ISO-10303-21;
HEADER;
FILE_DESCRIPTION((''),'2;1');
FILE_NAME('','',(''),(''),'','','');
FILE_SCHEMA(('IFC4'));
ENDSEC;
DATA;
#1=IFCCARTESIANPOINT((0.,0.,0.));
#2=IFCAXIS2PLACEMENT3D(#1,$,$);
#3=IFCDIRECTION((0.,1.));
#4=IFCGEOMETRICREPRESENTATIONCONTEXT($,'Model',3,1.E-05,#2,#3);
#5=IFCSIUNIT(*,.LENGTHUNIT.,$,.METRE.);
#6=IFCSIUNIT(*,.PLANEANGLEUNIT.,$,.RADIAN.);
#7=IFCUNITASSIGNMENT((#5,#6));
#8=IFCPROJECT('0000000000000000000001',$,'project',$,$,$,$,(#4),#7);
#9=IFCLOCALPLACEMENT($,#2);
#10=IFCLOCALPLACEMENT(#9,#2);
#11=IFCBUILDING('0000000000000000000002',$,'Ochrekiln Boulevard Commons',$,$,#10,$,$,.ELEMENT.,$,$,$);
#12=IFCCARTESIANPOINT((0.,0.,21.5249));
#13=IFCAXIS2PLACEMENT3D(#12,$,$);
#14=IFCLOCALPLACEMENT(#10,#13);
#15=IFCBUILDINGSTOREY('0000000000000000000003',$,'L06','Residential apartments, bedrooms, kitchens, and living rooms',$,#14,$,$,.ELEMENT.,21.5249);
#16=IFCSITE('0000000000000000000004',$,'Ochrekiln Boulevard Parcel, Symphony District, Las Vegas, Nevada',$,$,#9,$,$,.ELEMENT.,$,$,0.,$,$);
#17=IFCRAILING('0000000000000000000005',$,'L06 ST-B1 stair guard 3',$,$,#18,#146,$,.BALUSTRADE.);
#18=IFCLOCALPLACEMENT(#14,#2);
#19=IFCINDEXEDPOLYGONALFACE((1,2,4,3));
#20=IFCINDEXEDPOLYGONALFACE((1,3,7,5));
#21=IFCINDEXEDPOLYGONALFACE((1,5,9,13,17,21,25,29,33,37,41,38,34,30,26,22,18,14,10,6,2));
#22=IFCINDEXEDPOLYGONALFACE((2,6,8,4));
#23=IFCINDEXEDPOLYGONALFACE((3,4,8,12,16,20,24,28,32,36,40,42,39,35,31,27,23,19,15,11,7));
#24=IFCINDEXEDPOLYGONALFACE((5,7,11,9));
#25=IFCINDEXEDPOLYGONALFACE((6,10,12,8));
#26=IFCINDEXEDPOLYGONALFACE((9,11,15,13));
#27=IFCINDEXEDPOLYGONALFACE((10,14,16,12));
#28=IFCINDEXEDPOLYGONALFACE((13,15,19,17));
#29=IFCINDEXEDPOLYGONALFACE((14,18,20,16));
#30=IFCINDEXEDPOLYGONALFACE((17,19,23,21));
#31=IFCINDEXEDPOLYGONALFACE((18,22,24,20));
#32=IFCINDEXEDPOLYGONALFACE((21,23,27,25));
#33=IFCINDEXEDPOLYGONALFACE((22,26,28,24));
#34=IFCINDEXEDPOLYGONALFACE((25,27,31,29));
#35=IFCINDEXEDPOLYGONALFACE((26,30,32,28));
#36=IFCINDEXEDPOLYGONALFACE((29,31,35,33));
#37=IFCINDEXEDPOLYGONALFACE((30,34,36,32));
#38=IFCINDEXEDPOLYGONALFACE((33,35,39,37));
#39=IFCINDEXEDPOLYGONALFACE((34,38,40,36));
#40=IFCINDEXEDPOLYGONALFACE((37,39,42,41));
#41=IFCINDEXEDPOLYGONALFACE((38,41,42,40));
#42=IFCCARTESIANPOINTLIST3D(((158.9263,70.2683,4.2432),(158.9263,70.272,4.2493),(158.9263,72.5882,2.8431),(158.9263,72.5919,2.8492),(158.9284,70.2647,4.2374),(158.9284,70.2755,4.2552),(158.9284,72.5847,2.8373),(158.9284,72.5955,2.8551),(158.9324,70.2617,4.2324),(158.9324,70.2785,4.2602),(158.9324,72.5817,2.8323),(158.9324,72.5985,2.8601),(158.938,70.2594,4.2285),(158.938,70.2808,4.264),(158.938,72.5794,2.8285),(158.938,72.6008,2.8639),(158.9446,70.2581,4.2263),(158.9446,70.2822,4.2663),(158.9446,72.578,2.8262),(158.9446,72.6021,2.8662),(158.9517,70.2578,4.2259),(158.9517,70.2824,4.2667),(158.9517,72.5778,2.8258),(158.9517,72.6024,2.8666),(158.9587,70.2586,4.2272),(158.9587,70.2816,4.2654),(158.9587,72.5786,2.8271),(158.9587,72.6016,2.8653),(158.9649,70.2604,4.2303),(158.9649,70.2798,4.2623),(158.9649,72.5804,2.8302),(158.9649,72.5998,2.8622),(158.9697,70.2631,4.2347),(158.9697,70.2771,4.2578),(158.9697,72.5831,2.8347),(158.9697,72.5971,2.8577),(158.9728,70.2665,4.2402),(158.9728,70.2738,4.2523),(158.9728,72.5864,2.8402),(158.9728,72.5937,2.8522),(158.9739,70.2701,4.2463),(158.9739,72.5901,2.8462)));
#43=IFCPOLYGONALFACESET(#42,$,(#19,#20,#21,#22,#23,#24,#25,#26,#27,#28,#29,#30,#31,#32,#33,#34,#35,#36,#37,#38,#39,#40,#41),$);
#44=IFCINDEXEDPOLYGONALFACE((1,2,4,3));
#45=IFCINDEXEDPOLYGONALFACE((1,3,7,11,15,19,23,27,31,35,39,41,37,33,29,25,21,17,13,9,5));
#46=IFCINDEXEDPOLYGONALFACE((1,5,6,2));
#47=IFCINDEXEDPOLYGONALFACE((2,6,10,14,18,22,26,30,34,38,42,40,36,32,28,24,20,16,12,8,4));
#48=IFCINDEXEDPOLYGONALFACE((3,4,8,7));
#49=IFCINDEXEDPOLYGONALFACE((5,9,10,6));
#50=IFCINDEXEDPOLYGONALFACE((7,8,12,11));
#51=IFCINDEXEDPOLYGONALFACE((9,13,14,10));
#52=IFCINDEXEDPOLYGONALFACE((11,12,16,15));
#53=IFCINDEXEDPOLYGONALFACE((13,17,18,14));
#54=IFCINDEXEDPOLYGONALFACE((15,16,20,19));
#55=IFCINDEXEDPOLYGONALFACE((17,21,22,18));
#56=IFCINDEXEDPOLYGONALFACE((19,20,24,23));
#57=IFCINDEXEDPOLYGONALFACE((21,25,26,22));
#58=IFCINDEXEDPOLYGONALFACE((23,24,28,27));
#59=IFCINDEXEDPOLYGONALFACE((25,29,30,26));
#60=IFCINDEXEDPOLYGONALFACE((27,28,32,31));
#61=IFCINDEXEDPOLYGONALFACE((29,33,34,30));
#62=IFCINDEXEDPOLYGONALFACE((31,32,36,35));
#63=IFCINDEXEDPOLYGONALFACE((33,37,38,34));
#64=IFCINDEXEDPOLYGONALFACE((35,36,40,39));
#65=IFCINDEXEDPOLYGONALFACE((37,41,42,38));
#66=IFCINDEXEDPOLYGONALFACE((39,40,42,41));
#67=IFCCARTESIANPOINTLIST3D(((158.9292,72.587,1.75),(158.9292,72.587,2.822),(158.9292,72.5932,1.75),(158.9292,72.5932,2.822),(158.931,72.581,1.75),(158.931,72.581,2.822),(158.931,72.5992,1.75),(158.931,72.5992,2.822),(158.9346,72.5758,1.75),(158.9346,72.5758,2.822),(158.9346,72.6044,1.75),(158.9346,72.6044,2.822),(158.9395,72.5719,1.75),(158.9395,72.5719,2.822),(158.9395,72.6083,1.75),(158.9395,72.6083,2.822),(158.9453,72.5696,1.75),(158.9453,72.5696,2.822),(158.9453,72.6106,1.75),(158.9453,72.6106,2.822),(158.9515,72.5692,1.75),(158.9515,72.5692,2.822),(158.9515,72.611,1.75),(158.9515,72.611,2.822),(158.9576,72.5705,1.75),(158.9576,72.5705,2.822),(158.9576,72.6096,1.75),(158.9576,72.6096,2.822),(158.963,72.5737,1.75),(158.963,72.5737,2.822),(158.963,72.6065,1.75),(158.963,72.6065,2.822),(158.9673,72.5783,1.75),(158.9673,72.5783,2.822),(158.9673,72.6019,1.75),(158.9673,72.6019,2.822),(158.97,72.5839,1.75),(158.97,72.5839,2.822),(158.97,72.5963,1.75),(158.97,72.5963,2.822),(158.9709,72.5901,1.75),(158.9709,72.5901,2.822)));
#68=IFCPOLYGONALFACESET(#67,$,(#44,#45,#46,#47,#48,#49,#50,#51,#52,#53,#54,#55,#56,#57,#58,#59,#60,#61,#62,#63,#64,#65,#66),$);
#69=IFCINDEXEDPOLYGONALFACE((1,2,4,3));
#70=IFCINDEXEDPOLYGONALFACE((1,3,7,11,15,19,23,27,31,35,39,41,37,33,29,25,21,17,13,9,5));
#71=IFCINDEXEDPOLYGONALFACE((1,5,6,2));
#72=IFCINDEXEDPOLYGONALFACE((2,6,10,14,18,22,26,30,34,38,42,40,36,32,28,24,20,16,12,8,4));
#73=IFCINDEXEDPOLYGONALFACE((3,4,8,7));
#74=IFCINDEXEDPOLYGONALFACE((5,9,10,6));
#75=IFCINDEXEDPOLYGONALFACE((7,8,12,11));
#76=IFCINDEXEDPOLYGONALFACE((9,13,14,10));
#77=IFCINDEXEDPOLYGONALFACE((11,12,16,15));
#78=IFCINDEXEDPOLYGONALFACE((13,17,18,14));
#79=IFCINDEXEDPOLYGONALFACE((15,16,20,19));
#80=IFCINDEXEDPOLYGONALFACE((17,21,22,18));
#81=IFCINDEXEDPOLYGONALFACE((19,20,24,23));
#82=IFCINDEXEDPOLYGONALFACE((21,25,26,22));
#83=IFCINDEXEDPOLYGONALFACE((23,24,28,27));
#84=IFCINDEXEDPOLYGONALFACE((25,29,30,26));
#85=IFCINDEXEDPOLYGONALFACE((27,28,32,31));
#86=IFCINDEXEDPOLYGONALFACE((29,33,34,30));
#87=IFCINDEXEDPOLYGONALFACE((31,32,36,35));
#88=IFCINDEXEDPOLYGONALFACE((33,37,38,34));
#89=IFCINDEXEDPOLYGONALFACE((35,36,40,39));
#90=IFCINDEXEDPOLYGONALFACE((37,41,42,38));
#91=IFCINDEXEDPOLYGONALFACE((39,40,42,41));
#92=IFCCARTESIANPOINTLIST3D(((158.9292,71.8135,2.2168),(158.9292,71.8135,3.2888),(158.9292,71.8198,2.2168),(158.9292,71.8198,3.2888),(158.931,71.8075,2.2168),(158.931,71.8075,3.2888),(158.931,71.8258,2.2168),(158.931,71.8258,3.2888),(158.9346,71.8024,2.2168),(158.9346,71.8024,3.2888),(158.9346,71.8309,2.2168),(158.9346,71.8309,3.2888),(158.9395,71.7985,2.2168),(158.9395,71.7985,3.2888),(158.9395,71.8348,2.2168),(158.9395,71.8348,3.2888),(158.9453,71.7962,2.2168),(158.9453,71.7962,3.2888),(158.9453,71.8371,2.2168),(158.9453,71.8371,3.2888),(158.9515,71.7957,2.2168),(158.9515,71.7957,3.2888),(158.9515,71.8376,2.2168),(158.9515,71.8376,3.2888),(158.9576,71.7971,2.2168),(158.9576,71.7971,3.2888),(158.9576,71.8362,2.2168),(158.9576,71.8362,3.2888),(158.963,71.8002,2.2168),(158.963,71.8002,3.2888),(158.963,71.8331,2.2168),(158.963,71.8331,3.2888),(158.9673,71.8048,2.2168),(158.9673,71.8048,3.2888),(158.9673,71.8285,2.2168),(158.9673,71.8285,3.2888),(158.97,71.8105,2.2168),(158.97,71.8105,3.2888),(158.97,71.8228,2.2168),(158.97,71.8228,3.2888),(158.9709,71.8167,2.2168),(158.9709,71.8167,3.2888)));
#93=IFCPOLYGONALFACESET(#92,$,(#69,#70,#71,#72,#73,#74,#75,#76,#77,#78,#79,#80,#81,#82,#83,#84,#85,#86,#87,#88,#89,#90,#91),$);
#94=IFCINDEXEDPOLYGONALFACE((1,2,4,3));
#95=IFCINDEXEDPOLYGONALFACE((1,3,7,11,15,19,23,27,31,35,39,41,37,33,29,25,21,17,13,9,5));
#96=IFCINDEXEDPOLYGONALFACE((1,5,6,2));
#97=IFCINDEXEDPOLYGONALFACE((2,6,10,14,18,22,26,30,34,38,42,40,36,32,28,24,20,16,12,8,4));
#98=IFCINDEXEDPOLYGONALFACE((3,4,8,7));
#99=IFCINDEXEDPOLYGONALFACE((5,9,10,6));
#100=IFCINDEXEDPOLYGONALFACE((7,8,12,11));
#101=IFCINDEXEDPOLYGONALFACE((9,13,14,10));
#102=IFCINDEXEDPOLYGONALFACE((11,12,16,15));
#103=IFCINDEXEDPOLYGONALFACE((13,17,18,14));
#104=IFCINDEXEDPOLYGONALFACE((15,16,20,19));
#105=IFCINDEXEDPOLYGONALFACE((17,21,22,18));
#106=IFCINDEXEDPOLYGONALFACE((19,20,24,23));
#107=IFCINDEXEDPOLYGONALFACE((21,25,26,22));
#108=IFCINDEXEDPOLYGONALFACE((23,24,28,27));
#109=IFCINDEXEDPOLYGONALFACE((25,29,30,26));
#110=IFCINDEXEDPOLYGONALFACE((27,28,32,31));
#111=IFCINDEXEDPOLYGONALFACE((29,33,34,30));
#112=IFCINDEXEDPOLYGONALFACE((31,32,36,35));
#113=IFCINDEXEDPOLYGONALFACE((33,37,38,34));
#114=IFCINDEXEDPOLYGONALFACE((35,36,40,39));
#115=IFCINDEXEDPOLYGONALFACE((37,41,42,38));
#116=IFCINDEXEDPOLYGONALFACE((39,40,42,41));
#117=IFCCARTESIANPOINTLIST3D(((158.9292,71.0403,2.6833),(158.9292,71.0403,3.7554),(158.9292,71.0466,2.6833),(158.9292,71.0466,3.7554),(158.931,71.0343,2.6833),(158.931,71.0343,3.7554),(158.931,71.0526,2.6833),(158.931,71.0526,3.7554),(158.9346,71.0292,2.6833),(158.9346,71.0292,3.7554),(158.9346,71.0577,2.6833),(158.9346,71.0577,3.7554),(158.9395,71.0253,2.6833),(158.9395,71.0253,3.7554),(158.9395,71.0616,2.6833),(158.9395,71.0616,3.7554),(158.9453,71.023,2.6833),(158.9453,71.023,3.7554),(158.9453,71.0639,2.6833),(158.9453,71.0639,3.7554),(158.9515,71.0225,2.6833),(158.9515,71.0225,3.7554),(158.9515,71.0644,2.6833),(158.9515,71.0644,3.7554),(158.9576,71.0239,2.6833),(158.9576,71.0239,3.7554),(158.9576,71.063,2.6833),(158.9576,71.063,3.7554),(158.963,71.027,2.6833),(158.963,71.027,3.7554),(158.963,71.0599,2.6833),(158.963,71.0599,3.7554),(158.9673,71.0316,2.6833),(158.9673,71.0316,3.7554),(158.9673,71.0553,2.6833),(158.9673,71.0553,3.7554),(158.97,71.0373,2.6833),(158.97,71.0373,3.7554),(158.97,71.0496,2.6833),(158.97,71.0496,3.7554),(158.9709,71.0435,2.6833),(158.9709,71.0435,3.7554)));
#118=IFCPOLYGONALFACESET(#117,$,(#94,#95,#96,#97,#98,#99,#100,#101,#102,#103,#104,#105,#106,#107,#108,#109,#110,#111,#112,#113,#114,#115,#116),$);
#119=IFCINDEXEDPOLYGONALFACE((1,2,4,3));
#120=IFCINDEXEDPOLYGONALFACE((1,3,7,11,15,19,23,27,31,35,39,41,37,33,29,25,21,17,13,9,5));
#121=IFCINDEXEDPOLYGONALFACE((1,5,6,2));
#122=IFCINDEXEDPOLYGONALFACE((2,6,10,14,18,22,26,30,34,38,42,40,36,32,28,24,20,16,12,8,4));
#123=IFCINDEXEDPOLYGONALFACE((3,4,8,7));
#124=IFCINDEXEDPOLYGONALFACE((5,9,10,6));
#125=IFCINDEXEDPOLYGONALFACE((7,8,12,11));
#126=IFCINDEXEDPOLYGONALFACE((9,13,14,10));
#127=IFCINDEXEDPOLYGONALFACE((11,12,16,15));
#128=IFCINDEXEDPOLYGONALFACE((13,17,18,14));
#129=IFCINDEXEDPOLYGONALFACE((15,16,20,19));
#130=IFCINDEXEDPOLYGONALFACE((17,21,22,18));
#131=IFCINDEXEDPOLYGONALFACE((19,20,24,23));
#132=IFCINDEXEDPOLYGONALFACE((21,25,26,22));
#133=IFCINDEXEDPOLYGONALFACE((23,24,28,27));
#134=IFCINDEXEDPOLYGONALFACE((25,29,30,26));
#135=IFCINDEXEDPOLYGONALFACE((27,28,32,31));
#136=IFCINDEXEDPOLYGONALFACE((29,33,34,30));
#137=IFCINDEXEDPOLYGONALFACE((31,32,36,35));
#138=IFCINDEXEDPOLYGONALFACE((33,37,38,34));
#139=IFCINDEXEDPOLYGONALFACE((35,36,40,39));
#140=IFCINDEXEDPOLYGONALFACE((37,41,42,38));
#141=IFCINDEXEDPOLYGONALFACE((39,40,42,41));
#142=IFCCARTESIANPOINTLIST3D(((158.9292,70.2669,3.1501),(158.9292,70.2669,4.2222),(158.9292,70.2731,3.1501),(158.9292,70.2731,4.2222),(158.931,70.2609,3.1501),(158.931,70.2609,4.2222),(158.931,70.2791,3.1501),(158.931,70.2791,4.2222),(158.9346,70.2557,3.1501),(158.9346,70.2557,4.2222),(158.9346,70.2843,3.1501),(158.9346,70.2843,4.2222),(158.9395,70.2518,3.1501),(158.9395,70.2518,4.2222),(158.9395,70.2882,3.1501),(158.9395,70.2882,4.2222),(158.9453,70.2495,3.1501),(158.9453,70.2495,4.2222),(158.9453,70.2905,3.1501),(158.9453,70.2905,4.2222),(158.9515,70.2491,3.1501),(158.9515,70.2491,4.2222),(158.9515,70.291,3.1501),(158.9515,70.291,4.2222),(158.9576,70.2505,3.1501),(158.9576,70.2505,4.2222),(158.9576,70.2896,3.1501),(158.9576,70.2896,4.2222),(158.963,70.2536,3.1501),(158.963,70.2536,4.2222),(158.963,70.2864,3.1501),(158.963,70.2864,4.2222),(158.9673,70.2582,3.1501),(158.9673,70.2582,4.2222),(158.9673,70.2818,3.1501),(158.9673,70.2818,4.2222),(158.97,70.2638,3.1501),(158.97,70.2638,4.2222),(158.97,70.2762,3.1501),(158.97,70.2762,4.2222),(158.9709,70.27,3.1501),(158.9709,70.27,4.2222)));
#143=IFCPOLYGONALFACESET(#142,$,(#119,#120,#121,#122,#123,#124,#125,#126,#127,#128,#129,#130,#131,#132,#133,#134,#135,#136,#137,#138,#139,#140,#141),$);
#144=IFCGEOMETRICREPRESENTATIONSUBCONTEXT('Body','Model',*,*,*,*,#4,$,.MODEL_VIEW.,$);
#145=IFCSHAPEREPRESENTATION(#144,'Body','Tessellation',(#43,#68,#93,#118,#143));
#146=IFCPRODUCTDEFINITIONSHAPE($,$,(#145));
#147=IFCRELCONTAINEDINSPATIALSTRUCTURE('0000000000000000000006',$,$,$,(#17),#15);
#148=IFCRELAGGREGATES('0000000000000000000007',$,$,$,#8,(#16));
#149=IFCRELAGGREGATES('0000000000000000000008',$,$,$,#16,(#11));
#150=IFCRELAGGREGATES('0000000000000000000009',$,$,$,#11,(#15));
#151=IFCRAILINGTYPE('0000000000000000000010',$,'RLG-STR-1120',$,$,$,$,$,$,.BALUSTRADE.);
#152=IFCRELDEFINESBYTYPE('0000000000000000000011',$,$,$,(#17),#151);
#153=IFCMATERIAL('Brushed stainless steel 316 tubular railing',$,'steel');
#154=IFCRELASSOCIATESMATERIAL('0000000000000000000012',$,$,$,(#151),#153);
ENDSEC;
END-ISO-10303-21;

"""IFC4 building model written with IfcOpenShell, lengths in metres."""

from ifc_helpers import new_model, si_unit, direction, frame, origin, origin_2d, place, context, subcontext, project, spatial, circle, extrude, material, type_object, element, save


model = new_model("IFC4")

# Units and contexts
model_context = context("Model", 3, precision=1e-05, world=origin(), true_north=direction((0.0, 1.0)))
body_context = subcontext(model_context, "Body", "Model", "MODEL_VIEW")
ifc_project = project(units=[si_unit("LENGTHUNIT", "METRE"), si_unit("PLANEANGLEUNIT", "RADIAN")], contexts=[model_context])

# Site, building, storey
site_placement = place(None, origin())
site = spatial("IfcSite", under=ifc_project, at=site_placement, Name="Ochrekiln Boulevard Parcel, Symphony District, Las Vegas, Nevada", CompositionType="ELEMENT", RefElevation=0.0)
building_placement = place(site_placement, origin())
building = spatial("IfcBuilding", under=site, at=building_placement, Name="Ochrekiln Boulevard Commons", CompositionType="ELEMENT")
storey_placement = place(building_placement, frame((0.0, 0.0, 21.5249)))
storey = spatial("IfcBuildingStorey", under=building, at=storey_placement, Name="L06", Description="Residential apartments, bedrooms, kitchens, and living rooms", CompositionType="ELEMENT", Elevation=21.5249)

# Railing
ifc_material_1 = material(Name="Brushed stainless steel 316 tubular railing", Category="steel")
railing_type_1 = type_object("IfcRailingType", Name="RLG-STR-1120", PredefinedType="BALUSTRADE", material=ifc_material_1)
railing_1_placement = place(storey_placement, frame((158.95, 72.5901, 1.75)))
element("IfcRailing", 1, at=railing_1_placement, inside=storey, type_object=railing_type_1, Name="L06 ST-B1 stair guard 3", PredefinedType="BALUSTRADE", context=body_context, shape_type="SweptSolid", body=[
    extrude(circle(Radius=0.0239, at=origin_2d()), frame((0.0, 0.0, 1.0962), z_axis=(0.0, -0.85617, 0.516693), x_axis=(1.0, 0.0, 0.0)), (0.0, 0.0, 1.0), 2.7097),
    extrude(circle(Radius=0.021, at=origin_2d()), origin(), (0.0, 0.0, 1.0), 1.072),
    extrude(circle(Radius=0.021, at=origin_2d()), frame((0.0, -0.7734, 0.4668)), (0.0, 0.0, 1.0), 1.072),
    extrude(circle(Radius=0.021, at=origin_2d()), frame((0.0, -1.5466, 0.9333)), (0.0, 0.0, 1.0), 1.072),
    extrude(circle(Radius=0.021, at=origin_2d()), frame((0.0, -2.3201, 1.4001)), (0.0, 0.0, 1.0), 1.072),
])

save(model, "model.ifc")
